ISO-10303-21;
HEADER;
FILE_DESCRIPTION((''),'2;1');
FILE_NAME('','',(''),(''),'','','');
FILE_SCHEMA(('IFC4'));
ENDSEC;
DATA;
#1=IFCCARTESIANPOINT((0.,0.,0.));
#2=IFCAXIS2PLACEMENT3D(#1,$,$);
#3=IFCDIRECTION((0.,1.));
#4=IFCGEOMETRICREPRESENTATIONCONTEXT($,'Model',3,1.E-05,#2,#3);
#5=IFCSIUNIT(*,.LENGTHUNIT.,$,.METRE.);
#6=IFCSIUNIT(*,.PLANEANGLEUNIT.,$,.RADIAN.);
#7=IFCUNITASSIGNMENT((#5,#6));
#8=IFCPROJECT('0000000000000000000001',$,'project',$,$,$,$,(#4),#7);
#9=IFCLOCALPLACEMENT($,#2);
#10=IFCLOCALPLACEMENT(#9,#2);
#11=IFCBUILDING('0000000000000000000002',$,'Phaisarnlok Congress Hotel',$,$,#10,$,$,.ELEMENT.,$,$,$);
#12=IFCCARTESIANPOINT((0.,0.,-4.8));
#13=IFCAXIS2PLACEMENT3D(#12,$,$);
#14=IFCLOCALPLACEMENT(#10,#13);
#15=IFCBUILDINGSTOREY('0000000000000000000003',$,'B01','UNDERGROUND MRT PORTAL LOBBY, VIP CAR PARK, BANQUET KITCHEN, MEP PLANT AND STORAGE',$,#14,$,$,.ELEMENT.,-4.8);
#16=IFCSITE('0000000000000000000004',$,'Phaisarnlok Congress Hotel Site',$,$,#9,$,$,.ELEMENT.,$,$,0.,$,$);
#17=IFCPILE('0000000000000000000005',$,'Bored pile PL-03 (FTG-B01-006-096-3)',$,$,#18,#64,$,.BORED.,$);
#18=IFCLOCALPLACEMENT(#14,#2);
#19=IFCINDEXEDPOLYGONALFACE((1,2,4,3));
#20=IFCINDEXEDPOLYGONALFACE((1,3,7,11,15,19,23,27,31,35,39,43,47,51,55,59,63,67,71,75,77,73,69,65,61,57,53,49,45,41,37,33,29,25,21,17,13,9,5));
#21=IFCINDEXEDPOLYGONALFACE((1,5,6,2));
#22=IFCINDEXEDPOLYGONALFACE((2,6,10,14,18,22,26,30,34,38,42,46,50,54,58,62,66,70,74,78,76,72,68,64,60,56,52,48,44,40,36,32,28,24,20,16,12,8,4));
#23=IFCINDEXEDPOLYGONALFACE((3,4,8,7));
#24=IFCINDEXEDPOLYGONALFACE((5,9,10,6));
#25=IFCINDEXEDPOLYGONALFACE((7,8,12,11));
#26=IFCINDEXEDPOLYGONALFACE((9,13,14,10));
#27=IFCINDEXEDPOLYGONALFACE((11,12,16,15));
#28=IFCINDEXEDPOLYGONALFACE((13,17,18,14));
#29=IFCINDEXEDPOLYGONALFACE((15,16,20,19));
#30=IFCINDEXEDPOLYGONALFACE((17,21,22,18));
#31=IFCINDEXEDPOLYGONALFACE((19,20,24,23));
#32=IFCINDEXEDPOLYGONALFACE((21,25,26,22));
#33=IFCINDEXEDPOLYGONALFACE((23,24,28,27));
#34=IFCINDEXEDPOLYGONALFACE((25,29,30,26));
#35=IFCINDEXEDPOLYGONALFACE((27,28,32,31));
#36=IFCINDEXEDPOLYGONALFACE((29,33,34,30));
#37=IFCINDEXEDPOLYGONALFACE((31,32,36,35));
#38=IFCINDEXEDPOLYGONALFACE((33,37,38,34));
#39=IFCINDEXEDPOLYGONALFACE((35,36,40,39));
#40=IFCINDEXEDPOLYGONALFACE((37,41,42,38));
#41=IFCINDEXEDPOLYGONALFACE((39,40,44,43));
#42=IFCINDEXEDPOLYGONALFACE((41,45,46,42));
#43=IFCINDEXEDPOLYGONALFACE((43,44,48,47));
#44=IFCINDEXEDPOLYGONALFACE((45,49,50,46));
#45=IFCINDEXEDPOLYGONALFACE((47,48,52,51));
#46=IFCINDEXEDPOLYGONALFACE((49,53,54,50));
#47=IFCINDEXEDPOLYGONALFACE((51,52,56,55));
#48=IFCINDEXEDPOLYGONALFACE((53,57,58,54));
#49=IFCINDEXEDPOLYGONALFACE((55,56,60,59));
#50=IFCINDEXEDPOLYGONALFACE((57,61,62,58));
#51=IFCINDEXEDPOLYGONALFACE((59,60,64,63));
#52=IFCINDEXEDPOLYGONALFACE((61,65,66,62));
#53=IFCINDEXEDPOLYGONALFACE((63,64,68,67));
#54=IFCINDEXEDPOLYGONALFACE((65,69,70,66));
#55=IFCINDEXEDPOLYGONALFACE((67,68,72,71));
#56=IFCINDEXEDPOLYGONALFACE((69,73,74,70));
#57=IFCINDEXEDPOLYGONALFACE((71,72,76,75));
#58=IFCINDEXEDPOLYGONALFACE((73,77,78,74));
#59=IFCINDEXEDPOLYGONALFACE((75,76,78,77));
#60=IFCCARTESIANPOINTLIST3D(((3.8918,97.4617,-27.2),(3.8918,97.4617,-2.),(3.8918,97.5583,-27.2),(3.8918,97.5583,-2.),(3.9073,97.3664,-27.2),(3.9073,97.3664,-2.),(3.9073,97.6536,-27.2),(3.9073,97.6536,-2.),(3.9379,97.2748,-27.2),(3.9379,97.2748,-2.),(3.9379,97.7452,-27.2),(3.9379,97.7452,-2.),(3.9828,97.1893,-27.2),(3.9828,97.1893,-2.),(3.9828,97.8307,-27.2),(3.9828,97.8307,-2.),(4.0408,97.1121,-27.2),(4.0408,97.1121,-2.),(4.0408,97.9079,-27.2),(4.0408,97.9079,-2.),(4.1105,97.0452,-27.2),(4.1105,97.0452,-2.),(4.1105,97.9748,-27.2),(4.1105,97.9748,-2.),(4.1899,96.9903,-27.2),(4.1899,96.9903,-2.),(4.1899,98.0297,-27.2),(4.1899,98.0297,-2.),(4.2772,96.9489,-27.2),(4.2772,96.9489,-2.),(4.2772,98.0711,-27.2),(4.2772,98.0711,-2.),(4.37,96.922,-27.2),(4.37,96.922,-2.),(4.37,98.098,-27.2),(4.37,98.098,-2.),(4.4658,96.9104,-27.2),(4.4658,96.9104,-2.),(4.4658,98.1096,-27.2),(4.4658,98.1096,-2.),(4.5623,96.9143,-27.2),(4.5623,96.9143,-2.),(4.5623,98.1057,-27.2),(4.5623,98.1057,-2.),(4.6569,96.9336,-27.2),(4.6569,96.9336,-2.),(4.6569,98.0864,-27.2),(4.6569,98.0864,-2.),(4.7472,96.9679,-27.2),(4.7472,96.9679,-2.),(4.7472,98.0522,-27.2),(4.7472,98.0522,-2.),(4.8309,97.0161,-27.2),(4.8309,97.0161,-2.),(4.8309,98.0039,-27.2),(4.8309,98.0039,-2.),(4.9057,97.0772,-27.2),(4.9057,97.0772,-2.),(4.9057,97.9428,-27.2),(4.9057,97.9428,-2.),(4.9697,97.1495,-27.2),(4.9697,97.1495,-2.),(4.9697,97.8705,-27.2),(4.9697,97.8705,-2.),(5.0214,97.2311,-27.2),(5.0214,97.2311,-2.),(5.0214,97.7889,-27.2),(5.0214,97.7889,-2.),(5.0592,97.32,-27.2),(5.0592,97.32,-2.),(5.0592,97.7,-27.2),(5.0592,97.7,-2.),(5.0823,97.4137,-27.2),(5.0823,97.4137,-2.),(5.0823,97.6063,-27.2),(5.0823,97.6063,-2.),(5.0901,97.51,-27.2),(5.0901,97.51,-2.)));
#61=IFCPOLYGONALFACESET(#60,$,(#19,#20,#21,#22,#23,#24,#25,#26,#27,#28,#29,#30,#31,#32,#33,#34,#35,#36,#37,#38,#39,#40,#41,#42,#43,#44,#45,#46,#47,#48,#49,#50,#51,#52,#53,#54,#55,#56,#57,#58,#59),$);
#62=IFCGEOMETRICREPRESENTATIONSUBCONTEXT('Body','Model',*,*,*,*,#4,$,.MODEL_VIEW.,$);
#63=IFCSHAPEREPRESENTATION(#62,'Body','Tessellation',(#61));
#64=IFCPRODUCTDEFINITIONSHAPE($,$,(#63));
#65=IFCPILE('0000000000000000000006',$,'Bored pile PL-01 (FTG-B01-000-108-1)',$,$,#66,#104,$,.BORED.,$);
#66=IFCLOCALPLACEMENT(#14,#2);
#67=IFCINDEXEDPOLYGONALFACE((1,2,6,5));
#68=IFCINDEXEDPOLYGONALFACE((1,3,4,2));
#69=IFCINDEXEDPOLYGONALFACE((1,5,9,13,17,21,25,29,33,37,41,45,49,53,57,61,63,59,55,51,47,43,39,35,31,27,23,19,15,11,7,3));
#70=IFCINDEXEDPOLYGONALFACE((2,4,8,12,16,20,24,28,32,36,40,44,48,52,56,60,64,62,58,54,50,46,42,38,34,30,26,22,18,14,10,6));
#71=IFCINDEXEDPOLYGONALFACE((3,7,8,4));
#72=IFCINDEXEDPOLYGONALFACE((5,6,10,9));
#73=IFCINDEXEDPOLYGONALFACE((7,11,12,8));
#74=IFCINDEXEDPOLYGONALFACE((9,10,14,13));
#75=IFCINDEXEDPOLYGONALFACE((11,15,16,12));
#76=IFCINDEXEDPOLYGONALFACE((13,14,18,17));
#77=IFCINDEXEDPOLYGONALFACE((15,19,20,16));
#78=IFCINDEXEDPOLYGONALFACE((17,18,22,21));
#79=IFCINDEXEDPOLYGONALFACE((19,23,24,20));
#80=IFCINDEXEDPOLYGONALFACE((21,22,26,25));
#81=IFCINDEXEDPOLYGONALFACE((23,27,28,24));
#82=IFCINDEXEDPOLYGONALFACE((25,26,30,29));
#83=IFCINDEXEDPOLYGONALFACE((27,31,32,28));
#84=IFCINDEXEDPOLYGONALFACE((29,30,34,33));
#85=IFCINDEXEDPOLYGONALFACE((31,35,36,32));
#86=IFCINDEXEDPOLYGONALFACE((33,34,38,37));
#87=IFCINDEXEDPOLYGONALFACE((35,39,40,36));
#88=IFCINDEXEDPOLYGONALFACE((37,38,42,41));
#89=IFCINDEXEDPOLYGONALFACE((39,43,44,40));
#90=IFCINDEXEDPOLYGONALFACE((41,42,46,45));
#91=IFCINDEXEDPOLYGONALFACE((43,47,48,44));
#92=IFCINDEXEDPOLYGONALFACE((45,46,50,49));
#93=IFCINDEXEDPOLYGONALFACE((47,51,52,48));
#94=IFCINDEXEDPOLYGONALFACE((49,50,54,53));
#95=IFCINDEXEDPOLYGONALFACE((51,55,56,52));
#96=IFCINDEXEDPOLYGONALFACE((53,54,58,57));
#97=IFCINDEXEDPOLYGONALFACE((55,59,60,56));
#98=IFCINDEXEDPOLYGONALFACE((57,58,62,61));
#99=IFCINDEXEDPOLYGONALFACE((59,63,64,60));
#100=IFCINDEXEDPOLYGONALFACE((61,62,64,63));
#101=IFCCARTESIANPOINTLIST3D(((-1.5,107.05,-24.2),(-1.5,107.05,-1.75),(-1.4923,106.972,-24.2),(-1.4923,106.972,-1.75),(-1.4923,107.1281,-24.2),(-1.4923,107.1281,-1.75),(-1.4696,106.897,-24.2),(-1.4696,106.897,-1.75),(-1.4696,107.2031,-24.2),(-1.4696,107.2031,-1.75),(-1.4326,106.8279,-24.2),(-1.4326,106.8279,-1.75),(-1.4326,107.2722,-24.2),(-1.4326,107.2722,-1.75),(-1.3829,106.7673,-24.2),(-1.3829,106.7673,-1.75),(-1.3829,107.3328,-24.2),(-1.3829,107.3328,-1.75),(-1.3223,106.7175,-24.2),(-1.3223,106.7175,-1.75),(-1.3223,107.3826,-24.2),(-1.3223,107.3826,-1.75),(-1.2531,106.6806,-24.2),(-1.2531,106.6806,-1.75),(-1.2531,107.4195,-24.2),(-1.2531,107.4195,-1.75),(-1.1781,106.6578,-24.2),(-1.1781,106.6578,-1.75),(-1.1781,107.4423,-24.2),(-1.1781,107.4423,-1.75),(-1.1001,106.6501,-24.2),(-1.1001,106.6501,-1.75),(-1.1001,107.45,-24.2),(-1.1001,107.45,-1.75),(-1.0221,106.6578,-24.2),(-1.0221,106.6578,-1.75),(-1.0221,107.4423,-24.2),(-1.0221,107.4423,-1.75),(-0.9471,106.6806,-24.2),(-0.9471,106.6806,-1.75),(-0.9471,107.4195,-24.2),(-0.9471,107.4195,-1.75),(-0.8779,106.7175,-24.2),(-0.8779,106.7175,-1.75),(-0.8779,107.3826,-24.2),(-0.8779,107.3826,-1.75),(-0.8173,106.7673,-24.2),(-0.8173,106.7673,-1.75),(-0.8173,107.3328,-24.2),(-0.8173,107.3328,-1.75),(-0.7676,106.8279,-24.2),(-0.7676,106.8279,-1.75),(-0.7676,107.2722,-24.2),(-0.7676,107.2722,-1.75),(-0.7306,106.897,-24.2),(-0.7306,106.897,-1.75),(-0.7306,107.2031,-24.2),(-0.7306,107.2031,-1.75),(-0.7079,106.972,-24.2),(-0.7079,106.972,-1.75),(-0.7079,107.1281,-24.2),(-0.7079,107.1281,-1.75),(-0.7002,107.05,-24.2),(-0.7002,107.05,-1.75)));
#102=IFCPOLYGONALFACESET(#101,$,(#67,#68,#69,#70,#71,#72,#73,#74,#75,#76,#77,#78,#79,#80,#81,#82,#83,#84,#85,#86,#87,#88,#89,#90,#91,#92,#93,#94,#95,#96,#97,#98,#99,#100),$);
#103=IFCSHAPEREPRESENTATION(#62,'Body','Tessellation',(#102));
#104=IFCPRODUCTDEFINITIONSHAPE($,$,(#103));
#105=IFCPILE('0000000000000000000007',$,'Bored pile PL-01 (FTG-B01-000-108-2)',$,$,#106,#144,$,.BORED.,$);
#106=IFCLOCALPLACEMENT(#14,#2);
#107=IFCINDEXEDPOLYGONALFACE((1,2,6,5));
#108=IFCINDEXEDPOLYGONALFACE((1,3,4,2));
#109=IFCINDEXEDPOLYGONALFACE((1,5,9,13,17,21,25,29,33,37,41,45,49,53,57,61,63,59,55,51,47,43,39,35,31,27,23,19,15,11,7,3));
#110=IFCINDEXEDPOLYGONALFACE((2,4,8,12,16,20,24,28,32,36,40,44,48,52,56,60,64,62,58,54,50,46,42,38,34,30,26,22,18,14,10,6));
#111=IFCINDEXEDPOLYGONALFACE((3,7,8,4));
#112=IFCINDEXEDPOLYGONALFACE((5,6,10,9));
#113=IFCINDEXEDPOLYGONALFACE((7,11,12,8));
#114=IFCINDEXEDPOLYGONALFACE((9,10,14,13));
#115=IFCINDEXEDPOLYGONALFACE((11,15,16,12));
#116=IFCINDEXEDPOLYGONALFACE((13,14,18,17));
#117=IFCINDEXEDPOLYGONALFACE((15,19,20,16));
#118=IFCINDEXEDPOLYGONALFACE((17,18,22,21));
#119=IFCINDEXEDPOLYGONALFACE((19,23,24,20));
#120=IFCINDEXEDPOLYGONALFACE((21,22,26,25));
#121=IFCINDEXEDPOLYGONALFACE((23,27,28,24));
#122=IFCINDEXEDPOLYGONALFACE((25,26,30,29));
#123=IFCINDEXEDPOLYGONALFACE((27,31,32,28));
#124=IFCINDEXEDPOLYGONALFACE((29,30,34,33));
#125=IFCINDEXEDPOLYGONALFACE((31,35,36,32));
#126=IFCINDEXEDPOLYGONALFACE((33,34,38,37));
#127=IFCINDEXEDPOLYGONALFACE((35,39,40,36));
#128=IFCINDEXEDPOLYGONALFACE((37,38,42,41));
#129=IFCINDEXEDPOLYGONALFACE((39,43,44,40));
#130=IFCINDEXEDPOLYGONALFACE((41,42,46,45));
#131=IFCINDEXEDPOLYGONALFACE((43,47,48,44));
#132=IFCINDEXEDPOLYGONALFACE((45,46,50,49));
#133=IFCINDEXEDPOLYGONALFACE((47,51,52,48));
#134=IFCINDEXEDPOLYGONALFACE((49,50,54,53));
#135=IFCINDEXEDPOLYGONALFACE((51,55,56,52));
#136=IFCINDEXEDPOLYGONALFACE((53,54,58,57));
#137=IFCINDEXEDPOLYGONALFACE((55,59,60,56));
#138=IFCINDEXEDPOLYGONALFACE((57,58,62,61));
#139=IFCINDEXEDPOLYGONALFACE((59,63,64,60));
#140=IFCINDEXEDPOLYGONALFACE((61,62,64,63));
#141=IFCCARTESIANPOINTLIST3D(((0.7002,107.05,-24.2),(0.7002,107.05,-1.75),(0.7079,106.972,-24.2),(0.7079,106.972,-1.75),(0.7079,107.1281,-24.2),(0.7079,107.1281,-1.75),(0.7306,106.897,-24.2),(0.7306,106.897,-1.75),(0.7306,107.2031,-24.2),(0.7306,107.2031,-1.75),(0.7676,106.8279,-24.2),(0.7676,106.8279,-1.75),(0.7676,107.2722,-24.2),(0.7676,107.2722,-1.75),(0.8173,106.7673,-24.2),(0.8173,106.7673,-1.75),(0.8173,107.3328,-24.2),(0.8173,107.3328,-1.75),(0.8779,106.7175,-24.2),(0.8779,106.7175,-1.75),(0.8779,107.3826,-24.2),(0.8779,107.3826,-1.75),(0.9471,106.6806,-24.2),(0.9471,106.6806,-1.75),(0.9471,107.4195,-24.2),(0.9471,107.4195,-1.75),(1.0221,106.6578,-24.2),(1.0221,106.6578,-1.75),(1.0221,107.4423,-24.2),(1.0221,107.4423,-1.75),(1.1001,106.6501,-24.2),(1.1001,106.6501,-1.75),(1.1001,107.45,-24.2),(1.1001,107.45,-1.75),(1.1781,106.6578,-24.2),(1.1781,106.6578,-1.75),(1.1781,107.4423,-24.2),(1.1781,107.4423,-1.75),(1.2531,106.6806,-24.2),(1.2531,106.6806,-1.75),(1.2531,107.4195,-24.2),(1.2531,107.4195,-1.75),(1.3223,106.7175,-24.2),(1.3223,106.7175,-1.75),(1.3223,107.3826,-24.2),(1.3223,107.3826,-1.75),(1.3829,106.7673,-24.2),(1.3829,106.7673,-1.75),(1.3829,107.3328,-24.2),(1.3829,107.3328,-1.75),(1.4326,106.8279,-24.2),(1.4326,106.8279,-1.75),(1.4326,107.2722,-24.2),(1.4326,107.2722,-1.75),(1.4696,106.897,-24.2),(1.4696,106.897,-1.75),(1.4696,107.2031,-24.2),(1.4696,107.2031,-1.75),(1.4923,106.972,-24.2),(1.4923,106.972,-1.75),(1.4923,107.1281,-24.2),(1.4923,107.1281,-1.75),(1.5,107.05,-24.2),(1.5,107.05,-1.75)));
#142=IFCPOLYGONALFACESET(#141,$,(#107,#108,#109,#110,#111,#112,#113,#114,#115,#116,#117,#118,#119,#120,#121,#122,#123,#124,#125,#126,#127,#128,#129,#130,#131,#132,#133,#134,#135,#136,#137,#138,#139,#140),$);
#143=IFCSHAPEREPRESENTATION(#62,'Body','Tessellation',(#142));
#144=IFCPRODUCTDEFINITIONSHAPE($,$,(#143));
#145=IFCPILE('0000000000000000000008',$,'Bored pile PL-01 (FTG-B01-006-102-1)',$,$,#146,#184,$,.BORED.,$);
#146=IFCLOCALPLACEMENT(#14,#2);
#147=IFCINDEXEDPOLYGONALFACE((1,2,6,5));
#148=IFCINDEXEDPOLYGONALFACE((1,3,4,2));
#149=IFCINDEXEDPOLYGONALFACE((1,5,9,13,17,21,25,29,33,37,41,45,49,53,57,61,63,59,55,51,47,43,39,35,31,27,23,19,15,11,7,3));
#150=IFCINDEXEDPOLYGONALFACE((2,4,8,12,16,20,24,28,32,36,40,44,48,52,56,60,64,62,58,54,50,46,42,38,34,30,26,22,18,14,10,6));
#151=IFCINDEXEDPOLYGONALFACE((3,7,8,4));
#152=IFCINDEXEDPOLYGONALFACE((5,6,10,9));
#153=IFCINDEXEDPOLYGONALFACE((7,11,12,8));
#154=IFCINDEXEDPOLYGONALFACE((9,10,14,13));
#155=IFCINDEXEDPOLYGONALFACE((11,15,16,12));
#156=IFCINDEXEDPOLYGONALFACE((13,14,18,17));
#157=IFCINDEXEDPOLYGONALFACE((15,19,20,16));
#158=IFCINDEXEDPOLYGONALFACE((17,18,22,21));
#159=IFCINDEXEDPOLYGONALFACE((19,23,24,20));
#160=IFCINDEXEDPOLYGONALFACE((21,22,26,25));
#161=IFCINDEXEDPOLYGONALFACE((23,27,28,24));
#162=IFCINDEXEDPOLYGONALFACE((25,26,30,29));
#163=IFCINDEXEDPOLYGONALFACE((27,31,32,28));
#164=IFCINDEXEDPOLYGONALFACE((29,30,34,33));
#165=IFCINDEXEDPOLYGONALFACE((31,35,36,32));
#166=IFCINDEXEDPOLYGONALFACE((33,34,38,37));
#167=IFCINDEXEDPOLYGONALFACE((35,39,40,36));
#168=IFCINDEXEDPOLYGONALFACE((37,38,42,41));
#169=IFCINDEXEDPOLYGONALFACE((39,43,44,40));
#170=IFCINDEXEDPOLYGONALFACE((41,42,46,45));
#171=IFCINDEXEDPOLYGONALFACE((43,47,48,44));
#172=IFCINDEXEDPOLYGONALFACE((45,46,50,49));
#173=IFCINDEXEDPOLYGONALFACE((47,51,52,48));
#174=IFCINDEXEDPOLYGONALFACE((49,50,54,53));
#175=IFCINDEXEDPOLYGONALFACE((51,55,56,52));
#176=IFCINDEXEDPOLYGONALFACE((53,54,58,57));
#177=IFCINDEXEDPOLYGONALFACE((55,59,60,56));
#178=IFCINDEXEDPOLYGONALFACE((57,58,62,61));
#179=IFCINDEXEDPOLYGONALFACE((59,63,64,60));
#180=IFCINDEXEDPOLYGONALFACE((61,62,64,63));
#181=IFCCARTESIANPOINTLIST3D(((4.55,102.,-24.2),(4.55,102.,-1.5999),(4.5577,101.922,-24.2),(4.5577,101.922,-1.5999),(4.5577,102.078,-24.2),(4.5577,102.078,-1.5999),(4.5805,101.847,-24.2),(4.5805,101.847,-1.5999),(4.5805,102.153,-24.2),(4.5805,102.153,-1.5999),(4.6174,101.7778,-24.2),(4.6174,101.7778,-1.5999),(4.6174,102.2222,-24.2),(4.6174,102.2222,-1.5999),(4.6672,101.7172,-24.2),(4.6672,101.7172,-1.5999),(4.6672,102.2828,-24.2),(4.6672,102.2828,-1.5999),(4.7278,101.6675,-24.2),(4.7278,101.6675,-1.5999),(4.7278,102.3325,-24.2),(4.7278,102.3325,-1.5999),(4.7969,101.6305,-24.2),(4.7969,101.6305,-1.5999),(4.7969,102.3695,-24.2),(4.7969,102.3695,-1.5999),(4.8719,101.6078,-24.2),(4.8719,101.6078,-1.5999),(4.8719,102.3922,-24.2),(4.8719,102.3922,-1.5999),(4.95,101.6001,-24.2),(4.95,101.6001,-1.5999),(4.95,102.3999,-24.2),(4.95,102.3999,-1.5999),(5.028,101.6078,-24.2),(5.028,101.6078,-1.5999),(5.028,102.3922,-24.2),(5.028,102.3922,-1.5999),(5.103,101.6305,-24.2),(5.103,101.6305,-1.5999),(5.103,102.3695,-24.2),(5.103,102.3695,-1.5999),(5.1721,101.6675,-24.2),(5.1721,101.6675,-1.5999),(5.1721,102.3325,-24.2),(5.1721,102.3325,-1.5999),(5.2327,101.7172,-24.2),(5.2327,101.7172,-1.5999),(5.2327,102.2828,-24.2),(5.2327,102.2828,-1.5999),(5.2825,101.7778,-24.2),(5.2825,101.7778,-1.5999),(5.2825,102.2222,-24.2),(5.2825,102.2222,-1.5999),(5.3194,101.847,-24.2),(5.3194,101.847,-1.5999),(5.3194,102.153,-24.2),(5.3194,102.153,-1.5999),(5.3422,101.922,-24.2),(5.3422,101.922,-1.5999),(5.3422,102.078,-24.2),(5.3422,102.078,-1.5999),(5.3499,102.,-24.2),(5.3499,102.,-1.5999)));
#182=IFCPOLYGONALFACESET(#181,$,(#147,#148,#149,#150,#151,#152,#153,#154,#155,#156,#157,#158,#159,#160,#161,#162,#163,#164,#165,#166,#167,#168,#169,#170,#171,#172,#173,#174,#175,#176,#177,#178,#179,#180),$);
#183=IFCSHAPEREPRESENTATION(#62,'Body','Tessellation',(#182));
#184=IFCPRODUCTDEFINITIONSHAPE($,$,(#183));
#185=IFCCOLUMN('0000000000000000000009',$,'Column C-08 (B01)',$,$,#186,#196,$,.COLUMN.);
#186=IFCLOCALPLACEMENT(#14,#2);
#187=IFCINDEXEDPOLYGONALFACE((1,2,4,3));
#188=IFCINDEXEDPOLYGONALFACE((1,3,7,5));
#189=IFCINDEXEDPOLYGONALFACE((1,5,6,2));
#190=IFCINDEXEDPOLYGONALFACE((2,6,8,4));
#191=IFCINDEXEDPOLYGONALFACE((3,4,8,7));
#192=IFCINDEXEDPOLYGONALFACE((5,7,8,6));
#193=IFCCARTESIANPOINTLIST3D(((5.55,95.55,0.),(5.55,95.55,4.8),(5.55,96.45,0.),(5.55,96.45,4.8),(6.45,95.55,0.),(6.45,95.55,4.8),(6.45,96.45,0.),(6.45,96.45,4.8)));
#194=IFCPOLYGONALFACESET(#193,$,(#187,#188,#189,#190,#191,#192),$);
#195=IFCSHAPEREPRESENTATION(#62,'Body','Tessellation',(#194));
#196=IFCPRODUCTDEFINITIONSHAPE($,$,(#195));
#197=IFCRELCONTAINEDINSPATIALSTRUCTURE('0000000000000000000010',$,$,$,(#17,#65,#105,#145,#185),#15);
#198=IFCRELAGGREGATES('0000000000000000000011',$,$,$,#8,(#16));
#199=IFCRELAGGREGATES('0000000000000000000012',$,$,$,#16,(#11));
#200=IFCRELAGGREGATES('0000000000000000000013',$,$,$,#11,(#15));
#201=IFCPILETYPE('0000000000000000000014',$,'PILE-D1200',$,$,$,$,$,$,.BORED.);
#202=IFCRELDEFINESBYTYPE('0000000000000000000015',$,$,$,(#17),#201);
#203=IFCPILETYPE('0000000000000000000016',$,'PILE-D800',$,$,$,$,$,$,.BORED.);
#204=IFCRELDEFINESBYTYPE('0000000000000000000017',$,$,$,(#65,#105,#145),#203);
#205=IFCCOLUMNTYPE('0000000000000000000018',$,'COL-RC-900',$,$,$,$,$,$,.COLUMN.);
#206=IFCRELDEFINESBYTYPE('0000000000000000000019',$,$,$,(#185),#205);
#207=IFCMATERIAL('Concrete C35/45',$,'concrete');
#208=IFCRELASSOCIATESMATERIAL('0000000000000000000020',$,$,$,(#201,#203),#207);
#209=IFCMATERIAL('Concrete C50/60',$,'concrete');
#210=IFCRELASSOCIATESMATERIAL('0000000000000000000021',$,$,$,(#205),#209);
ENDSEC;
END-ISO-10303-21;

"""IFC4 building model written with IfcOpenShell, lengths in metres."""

from ifc_helpers import new_model, si_unit, direction, frame, origin, origin_2d, place, context, subcontext, project, spatial, rectangle, circle, extrude, material, material_profile, profile_set, type_object, element, save


model = new_model("IFC4")

# Units and contexts
model_context = context("Model", 3, precision=1e-05, world=origin(), true_north=direction((0.0, 1.0)))
body_context = subcontext(model_context, "Body", "Model", "MODEL_VIEW")
ifc_project = project(units=[si_unit("LENGTHUNIT", "METRE"), si_unit("PLANEANGLEUNIT", "RADIAN")], contexts=[model_context])

# Site, building, storey
site_placement = place(None, origin())
site = spatial("IfcSite", under=ifc_project, at=site_placement, Name="Phaisarnlok Congress Hotel Site", CompositionType="ELEMENT", RefElevation=0.0)
building_placement = place(site_placement, origin())
building = spatial("IfcBuilding", under=site, at=building_placement, Name="Phaisarnlok Congress Hotel", CompositionType="ELEMENT")
storey_placement = place(building_placement, frame((0.0, 0.0, -4.8)))
storey = spatial("IfcBuildingStorey", under=building, at=storey_placement, Name="B01", Description="UNDERGROUND MRT PORTAL LOBBY, VIP CAR PARK, BANQUET KITCHEN, MEP PLANT AND STORAGE", CompositionType="ELEMENT", Elevation=-4.8)

# Piles
ifc_material_1 = material(Name="Concrete C35/45", Category="concrete")
ifc_material_profile_1 = material_profile(ifc_material_1, circle(Radius=0.6001, at=origin_2d()), Name="BORED PILE D1200")
ifc_profile_set_1 = profile_set([ifc_material_profile_1], Name="Concrete C35/45")
pile_type_1 = type_object("IfcPileType", Name="PILE-D1200", PredefinedType="BORED", material=ifc_profile_set_1)
pile_1_placement = place(storey_placement, frame((4.49, 97.51, -2.0), z_axis=(0.0, 0.0, -1.0), x_axis=(1.0, 0.0, 0.0)))
element("IfcPile", 1, at=pile_1_placement, inside=storey, type_object=pile_type_1, Name="Bored pile PL-03 (FTG-B01-006-096-3)", PredefinedType="BORED", context=body_context, shape_type="SweptSolid", body=[
    extrude(circle(Radius=0.6001, at=origin_2d()), origin(), (0.0, 0.0, 1.0), 25.2),
])
ifc_material_profile_2 = material_profile(ifc_material_1, circle(Radius=0.3999, at=origin_2d()), Name="BORED PILE D800")
ifc_profile_set_2 = profile_set([ifc_material_profile_2], Name="Concrete C35/45")
pile_type_2 = type_object("IfcPileType", Name="PILE-D800", PredefinedType="BORED", material=ifc_profile_set_2)
for number, where, z_axis, x_axis, name in (
    (2, (-1.1001, 107.05, -1.75), (0.0, 0.0, -1.0), (1.0, 0.0, 0.0), "Bored pile PL-01 (FTG-B01-000-108-1)"),
    (3, (1.1001, 107.05, -1.75), (0.0, 0.0, -1.0), (1.0, 0.0, 0.0), "Bored pile PL-01 (FTG-B01-000-108-2)"),
):
    element("IfcPile", number, at=place(storey_placement, frame(where, z_axis=z_axis, x_axis=x_axis)), inside=storey, type_object=pile_type_2, Name=name, PredefinedType="BORED", context=body_context, shape_type="SweptSolid", body=[
        extrude(circle(Radius=0.3999, at=origin_2d()), origin(), (0.0, 0.0, 1.0), 22.45),
    ])
pile_2_placement = place(storey_placement, frame((4.95, 102.0, -1.5999), z_axis=(0.0, 0.0, -1.0), x_axis=(1.0, 0.0, 0.0)))
element("IfcPile", 4, at=pile_2_placement, inside=storey, type_object=pile_type_2, Name="Bored pile PL-01 (FTG-B01-006-102-1)", PredefinedType="BORED", context=body_context, shape_type="SweptSolid", body=[
    extrude(circle(Radius=0.3999, at=origin_2d()), origin(), (0.0, 0.0, 1.0), 22.6001),
])

# Column
ifc_material_2 = material(Name="Concrete C50/60", Category="concrete")
ifc_material_profile_3 = material_profile(ifc_material_2, rectangle(XDim=0.8999, YDim=0.8999, at=origin_2d()), Name="RC 900x900")
ifc_profile_set_3 = profile_set([ifc_material_profile_3], Name="Concrete C50/60")
column_type_1 = type_object("IfcColumnType", Name="COL-RC-900", PredefinedType="COLUMN", material=ifc_profile_set_3)
for number, where, z_axis, x_axis, name in (
    (5, (6.0, 96.0, 0.0), (0.0, 0.0, 1.0), (1.0, 0.0, 0.0), "Column C-08 (B01)"),
):
    element("IfcColumn", number, at=place(storey_placement, frame(where, z_axis=z_axis, x_axis=x_axis)), inside=storey, type_object=column_type_1, Name=name, PredefinedType="COLUMN", context=body_context, shape_type="SweptSolid", body=[
        extrude(rectangle(XDim=0.8999, YDim=0.8999, at=origin_2d()), origin(), (0.0, 0.0, 1.0), 4.8),
    ])

save(model, "model.ifc")
